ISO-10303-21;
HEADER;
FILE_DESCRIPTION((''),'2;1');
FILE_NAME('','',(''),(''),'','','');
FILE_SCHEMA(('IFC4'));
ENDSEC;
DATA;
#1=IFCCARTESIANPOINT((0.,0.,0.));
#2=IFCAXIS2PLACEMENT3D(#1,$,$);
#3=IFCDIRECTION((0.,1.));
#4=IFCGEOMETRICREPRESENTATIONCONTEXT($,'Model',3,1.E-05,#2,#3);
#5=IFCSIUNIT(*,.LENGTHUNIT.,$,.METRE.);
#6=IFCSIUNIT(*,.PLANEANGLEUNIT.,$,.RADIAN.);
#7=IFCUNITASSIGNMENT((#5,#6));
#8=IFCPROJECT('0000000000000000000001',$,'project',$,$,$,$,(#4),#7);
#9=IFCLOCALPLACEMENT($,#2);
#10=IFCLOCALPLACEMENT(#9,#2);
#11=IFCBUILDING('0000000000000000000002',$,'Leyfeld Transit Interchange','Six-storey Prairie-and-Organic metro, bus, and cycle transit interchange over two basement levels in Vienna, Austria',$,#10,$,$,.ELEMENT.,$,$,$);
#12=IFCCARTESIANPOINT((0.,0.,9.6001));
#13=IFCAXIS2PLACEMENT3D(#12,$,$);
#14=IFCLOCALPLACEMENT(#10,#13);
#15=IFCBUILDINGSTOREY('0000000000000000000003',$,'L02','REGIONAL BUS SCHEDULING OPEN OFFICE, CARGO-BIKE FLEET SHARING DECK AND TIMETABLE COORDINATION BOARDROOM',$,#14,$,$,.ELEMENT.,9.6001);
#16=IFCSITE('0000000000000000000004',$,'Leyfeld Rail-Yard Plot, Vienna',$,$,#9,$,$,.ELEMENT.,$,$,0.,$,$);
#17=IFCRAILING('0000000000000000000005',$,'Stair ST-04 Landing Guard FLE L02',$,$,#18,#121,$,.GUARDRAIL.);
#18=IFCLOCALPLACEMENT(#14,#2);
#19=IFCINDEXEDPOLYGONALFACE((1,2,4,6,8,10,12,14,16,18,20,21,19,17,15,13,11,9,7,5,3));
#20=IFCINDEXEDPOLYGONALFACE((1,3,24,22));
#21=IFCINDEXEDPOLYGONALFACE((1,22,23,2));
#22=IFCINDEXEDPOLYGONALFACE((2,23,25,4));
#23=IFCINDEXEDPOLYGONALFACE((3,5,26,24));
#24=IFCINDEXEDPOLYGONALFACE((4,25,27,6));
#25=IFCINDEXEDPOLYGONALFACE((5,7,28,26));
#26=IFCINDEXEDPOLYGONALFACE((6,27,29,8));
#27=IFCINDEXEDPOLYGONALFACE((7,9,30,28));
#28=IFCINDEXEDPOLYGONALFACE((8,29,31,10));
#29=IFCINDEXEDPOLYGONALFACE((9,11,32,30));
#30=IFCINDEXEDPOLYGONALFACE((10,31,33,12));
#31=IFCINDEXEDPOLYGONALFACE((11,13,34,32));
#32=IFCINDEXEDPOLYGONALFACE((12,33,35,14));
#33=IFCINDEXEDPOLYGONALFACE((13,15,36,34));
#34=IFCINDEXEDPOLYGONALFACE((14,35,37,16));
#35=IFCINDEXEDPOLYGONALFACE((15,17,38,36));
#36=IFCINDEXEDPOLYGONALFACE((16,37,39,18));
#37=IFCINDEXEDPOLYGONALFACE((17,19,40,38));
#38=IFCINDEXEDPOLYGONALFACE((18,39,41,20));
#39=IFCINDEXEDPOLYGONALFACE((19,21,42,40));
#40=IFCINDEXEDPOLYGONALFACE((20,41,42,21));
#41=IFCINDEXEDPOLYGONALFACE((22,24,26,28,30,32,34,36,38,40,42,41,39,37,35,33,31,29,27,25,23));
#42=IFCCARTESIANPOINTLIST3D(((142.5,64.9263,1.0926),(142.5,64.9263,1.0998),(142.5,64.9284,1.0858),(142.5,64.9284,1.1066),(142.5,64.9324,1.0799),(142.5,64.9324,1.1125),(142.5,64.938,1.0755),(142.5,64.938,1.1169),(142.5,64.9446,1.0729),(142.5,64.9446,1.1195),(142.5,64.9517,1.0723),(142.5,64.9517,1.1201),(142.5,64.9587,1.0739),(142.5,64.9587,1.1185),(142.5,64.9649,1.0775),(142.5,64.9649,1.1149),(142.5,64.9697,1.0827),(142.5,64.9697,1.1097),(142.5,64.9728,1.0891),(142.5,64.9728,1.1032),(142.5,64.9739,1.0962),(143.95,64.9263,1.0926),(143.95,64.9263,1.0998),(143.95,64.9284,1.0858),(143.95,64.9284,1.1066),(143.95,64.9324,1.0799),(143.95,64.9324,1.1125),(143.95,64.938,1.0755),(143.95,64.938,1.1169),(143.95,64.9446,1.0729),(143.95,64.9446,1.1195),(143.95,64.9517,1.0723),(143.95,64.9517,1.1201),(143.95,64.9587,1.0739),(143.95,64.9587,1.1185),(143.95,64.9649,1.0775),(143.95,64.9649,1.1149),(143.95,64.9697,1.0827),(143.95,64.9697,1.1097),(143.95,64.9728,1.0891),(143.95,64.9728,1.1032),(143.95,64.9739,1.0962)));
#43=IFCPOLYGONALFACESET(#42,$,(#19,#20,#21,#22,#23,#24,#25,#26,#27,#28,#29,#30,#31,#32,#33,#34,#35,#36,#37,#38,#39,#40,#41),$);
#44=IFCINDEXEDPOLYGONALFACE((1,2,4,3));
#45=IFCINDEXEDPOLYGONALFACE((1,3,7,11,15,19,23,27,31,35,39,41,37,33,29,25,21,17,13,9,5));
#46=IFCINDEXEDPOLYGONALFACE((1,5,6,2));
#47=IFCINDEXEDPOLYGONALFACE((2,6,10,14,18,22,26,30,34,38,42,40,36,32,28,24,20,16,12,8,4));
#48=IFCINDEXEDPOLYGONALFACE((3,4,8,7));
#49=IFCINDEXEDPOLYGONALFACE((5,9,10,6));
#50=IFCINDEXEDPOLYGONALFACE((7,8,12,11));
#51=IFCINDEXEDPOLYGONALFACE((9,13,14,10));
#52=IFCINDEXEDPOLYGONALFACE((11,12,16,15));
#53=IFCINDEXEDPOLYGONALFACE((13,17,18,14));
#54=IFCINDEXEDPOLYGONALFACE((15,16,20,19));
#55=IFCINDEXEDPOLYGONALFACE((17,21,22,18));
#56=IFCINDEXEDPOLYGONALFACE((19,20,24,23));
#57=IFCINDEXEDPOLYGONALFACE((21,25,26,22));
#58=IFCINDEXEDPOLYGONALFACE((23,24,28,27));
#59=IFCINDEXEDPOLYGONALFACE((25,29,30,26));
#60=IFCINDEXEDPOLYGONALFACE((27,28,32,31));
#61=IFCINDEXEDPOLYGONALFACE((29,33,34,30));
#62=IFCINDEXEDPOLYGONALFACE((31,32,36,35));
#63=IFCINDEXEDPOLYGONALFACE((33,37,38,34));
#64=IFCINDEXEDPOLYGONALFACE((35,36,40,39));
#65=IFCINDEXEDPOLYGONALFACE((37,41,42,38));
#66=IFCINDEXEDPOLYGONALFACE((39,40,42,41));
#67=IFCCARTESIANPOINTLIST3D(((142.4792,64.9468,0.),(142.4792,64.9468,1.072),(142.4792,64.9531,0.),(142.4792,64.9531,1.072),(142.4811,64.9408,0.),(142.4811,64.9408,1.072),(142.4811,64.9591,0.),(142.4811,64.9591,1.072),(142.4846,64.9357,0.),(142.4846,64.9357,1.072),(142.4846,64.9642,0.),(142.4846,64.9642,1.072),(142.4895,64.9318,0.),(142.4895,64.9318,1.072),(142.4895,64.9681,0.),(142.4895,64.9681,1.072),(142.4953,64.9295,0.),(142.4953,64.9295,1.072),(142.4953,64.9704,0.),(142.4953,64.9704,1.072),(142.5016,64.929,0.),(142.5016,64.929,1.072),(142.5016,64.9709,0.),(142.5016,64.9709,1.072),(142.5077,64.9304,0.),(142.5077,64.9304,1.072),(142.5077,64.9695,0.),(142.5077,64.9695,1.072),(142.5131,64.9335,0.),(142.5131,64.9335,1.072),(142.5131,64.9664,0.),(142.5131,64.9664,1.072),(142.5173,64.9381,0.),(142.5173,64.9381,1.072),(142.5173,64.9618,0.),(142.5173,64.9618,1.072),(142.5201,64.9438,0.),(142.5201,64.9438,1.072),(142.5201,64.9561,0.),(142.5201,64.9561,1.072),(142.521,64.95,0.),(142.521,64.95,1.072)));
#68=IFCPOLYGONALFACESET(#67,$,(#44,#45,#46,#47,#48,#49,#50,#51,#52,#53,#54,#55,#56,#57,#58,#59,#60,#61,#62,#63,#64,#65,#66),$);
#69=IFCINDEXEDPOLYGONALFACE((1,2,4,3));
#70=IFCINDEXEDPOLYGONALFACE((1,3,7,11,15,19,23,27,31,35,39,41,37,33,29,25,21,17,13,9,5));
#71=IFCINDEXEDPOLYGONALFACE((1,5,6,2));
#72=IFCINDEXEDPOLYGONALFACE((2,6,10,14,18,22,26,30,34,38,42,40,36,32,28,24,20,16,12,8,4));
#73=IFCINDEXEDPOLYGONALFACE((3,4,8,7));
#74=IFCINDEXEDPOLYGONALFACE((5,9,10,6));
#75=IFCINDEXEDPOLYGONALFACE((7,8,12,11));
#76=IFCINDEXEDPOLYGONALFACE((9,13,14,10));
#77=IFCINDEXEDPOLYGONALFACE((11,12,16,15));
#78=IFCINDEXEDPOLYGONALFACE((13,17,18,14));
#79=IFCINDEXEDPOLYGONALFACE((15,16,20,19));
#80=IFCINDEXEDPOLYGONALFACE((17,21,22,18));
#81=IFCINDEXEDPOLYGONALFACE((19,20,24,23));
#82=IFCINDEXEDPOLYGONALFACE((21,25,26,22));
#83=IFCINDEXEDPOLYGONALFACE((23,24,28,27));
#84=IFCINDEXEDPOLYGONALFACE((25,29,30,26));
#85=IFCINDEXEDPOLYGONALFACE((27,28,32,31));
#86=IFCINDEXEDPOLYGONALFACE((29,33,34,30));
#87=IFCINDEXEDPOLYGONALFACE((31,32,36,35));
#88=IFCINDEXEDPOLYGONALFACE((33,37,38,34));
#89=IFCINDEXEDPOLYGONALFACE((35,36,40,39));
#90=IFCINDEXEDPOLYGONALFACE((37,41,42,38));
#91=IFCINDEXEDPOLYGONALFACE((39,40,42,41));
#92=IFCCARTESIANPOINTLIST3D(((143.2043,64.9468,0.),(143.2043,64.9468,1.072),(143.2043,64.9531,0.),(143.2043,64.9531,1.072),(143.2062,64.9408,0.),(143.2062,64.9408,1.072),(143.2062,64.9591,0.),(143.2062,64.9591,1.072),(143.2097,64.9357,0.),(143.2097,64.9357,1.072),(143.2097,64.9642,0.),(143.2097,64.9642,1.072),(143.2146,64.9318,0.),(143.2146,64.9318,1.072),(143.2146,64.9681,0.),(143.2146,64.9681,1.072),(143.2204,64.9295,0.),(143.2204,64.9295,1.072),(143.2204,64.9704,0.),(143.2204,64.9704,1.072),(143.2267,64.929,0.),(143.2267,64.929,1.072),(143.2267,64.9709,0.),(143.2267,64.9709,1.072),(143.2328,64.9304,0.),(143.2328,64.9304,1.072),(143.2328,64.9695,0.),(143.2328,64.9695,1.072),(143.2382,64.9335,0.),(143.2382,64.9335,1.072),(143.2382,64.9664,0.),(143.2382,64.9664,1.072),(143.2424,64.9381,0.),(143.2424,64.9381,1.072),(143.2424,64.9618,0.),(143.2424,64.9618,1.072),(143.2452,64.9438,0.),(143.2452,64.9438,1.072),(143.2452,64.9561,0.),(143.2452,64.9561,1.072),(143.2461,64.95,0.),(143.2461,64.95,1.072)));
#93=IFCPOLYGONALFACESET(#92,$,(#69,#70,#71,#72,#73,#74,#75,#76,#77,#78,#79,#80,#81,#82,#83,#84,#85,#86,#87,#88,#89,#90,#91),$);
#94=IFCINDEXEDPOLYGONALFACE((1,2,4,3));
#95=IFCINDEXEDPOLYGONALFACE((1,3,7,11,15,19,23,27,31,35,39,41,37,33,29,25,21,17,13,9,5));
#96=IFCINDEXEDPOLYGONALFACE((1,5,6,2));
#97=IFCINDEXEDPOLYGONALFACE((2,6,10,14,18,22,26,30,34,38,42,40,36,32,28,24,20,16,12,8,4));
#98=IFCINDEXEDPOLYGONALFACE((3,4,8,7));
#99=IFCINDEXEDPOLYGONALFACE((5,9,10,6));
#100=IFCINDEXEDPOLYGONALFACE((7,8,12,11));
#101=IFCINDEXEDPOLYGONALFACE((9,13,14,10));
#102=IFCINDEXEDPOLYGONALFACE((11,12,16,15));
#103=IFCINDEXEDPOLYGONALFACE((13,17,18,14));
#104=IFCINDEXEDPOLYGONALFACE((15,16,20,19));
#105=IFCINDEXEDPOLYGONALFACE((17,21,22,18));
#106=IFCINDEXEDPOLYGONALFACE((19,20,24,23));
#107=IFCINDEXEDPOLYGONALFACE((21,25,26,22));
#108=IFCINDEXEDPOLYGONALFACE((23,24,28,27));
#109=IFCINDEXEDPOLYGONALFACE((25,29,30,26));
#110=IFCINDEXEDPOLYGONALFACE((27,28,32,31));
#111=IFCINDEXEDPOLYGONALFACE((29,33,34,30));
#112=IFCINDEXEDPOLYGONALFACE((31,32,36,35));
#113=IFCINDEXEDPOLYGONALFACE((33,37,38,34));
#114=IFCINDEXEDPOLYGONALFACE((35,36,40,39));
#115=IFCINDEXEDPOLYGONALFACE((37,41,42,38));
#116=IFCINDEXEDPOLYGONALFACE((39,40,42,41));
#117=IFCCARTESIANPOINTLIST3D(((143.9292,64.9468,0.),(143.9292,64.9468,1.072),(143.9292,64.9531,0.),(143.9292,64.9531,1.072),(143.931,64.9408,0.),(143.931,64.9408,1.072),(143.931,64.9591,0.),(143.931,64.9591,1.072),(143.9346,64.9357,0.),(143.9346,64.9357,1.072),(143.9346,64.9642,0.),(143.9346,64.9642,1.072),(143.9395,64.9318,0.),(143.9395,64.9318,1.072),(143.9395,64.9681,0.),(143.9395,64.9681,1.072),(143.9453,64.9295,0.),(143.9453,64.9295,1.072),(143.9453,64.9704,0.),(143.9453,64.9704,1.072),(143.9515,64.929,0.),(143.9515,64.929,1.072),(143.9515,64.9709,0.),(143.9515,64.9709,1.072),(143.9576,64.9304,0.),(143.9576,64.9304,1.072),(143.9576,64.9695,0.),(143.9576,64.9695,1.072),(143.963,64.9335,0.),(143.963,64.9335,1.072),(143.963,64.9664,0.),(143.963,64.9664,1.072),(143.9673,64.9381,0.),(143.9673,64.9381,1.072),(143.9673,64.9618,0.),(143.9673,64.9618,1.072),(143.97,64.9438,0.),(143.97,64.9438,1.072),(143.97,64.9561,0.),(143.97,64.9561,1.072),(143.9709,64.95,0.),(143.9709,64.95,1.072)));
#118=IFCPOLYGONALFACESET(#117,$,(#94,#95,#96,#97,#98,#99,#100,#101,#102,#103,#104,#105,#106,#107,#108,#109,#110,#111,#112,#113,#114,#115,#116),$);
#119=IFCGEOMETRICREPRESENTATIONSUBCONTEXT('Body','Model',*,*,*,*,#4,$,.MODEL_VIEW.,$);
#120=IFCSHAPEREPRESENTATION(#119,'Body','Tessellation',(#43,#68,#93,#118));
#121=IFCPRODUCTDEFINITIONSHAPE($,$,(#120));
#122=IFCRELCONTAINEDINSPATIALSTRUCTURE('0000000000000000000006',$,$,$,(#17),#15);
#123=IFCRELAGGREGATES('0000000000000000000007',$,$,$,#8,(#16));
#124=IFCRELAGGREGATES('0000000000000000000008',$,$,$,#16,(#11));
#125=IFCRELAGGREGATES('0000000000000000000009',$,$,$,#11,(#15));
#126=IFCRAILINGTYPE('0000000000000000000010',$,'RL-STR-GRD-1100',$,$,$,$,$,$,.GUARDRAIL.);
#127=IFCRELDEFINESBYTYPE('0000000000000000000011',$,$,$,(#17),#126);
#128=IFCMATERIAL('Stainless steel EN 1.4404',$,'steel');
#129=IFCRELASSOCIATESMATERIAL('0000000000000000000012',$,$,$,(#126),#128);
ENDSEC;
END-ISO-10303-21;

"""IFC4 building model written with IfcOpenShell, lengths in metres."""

from ifc_helpers import new_model, si_unit, direction, frame, origin, origin_2d, place, context, subcontext, project, spatial, circle, extrude, material, type_object, element, save


model = new_model("IFC4")

# Units and contexts
model_context = context("Model", 3, precision=1e-05, world=origin(), true_north=direction((0.0, 1.0)))
body_context = subcontext(model_context, "Body", "Model", "MODEL_VIEW")
ifc_project = project(units=[si_unit("LENGTHUNIT", "METRE"), si_unit("PLANEANGLEUNIT", "RADIAN")], contexts=[model_context])

# Site, building, storey
site_placement = place(None, origin())
site = spatial("IfcSite", under=ifc_project, at=site_placement, Name="Leyfeld Rail-Yard Plot, Vienna", CompositionType="ELEMENT", RefElevation=0.0)
building_placement = place(site_placement, origin())
building = spatial("IfcBuilding", under=site, at=building_placement, Name="Leyfeld Transit Interchange", Description="Six-storey Prairie-and-Organic metro, bus, and cycle transit interchange over two basement levels in Vienna, Austria", CompositionType="ELEMENT")
storey_placement = place(building_placement, frame((0.0, 0.0, 9.6001)))
storey = spatial("IfcBuildingStorey", under=building, at=storey_placement, Name="L02", Description="REGIONAL BUS SCHEDULING OPEN OFFICE, CARGO-BIKE FLEET SHARING DECK AND TIMETABLE COORDINATION BOARDROOM", CompositionType="ELEMENT", Elevation=9.6001)

# Railing
ifc_material_1 = material(Name="Stainless steel EN 1.4404", Category="steel")
railing_type_1 = type_object("IfcRailingType", Name="RL-STR-GRD-1100", PredefinedType="GUARDRAIL", material=ifc_material_1)
railing_1_placement = place(storey_placement, frame((142.5, 64.95, 0.0)))
element("IfcRailing", 1, at=railing_1_placement, inside=storey, type_object=railing_type_1, Name="Stair ST-04 Landing Guard FLE L02", PredefinedType="GUARDRAIL", context=body_context, shape_type="SweptSolid", body=[
    extrude(circle(Radius=0.0239, at=origin_2d()), frame((0.0, 0.0, 1.0962), z_axis=(1.0, 0.0, 0.0), x_axis=(0.0, 1.0, 0.0)), (0.0, 0.0, 1.0), 1.45),
    extrude(circle(Radius=0.021, at=origin_2d()), origin(), (0.0, 0.0, 1.0), 1.072),
    extrude(circle(Radius=0.021, at=origin_2d()), frame((0.7251, 0.0, 0.0)), (0.0, 0.0, 1.0), 1.072),
    extrude(circle(Radius=0.021, at=origin_2d()), frame((1.45, 0.0, 0.0)), (0.0, 0.0, 1.0), 1.072),
])

save(model, "model.ifc")
